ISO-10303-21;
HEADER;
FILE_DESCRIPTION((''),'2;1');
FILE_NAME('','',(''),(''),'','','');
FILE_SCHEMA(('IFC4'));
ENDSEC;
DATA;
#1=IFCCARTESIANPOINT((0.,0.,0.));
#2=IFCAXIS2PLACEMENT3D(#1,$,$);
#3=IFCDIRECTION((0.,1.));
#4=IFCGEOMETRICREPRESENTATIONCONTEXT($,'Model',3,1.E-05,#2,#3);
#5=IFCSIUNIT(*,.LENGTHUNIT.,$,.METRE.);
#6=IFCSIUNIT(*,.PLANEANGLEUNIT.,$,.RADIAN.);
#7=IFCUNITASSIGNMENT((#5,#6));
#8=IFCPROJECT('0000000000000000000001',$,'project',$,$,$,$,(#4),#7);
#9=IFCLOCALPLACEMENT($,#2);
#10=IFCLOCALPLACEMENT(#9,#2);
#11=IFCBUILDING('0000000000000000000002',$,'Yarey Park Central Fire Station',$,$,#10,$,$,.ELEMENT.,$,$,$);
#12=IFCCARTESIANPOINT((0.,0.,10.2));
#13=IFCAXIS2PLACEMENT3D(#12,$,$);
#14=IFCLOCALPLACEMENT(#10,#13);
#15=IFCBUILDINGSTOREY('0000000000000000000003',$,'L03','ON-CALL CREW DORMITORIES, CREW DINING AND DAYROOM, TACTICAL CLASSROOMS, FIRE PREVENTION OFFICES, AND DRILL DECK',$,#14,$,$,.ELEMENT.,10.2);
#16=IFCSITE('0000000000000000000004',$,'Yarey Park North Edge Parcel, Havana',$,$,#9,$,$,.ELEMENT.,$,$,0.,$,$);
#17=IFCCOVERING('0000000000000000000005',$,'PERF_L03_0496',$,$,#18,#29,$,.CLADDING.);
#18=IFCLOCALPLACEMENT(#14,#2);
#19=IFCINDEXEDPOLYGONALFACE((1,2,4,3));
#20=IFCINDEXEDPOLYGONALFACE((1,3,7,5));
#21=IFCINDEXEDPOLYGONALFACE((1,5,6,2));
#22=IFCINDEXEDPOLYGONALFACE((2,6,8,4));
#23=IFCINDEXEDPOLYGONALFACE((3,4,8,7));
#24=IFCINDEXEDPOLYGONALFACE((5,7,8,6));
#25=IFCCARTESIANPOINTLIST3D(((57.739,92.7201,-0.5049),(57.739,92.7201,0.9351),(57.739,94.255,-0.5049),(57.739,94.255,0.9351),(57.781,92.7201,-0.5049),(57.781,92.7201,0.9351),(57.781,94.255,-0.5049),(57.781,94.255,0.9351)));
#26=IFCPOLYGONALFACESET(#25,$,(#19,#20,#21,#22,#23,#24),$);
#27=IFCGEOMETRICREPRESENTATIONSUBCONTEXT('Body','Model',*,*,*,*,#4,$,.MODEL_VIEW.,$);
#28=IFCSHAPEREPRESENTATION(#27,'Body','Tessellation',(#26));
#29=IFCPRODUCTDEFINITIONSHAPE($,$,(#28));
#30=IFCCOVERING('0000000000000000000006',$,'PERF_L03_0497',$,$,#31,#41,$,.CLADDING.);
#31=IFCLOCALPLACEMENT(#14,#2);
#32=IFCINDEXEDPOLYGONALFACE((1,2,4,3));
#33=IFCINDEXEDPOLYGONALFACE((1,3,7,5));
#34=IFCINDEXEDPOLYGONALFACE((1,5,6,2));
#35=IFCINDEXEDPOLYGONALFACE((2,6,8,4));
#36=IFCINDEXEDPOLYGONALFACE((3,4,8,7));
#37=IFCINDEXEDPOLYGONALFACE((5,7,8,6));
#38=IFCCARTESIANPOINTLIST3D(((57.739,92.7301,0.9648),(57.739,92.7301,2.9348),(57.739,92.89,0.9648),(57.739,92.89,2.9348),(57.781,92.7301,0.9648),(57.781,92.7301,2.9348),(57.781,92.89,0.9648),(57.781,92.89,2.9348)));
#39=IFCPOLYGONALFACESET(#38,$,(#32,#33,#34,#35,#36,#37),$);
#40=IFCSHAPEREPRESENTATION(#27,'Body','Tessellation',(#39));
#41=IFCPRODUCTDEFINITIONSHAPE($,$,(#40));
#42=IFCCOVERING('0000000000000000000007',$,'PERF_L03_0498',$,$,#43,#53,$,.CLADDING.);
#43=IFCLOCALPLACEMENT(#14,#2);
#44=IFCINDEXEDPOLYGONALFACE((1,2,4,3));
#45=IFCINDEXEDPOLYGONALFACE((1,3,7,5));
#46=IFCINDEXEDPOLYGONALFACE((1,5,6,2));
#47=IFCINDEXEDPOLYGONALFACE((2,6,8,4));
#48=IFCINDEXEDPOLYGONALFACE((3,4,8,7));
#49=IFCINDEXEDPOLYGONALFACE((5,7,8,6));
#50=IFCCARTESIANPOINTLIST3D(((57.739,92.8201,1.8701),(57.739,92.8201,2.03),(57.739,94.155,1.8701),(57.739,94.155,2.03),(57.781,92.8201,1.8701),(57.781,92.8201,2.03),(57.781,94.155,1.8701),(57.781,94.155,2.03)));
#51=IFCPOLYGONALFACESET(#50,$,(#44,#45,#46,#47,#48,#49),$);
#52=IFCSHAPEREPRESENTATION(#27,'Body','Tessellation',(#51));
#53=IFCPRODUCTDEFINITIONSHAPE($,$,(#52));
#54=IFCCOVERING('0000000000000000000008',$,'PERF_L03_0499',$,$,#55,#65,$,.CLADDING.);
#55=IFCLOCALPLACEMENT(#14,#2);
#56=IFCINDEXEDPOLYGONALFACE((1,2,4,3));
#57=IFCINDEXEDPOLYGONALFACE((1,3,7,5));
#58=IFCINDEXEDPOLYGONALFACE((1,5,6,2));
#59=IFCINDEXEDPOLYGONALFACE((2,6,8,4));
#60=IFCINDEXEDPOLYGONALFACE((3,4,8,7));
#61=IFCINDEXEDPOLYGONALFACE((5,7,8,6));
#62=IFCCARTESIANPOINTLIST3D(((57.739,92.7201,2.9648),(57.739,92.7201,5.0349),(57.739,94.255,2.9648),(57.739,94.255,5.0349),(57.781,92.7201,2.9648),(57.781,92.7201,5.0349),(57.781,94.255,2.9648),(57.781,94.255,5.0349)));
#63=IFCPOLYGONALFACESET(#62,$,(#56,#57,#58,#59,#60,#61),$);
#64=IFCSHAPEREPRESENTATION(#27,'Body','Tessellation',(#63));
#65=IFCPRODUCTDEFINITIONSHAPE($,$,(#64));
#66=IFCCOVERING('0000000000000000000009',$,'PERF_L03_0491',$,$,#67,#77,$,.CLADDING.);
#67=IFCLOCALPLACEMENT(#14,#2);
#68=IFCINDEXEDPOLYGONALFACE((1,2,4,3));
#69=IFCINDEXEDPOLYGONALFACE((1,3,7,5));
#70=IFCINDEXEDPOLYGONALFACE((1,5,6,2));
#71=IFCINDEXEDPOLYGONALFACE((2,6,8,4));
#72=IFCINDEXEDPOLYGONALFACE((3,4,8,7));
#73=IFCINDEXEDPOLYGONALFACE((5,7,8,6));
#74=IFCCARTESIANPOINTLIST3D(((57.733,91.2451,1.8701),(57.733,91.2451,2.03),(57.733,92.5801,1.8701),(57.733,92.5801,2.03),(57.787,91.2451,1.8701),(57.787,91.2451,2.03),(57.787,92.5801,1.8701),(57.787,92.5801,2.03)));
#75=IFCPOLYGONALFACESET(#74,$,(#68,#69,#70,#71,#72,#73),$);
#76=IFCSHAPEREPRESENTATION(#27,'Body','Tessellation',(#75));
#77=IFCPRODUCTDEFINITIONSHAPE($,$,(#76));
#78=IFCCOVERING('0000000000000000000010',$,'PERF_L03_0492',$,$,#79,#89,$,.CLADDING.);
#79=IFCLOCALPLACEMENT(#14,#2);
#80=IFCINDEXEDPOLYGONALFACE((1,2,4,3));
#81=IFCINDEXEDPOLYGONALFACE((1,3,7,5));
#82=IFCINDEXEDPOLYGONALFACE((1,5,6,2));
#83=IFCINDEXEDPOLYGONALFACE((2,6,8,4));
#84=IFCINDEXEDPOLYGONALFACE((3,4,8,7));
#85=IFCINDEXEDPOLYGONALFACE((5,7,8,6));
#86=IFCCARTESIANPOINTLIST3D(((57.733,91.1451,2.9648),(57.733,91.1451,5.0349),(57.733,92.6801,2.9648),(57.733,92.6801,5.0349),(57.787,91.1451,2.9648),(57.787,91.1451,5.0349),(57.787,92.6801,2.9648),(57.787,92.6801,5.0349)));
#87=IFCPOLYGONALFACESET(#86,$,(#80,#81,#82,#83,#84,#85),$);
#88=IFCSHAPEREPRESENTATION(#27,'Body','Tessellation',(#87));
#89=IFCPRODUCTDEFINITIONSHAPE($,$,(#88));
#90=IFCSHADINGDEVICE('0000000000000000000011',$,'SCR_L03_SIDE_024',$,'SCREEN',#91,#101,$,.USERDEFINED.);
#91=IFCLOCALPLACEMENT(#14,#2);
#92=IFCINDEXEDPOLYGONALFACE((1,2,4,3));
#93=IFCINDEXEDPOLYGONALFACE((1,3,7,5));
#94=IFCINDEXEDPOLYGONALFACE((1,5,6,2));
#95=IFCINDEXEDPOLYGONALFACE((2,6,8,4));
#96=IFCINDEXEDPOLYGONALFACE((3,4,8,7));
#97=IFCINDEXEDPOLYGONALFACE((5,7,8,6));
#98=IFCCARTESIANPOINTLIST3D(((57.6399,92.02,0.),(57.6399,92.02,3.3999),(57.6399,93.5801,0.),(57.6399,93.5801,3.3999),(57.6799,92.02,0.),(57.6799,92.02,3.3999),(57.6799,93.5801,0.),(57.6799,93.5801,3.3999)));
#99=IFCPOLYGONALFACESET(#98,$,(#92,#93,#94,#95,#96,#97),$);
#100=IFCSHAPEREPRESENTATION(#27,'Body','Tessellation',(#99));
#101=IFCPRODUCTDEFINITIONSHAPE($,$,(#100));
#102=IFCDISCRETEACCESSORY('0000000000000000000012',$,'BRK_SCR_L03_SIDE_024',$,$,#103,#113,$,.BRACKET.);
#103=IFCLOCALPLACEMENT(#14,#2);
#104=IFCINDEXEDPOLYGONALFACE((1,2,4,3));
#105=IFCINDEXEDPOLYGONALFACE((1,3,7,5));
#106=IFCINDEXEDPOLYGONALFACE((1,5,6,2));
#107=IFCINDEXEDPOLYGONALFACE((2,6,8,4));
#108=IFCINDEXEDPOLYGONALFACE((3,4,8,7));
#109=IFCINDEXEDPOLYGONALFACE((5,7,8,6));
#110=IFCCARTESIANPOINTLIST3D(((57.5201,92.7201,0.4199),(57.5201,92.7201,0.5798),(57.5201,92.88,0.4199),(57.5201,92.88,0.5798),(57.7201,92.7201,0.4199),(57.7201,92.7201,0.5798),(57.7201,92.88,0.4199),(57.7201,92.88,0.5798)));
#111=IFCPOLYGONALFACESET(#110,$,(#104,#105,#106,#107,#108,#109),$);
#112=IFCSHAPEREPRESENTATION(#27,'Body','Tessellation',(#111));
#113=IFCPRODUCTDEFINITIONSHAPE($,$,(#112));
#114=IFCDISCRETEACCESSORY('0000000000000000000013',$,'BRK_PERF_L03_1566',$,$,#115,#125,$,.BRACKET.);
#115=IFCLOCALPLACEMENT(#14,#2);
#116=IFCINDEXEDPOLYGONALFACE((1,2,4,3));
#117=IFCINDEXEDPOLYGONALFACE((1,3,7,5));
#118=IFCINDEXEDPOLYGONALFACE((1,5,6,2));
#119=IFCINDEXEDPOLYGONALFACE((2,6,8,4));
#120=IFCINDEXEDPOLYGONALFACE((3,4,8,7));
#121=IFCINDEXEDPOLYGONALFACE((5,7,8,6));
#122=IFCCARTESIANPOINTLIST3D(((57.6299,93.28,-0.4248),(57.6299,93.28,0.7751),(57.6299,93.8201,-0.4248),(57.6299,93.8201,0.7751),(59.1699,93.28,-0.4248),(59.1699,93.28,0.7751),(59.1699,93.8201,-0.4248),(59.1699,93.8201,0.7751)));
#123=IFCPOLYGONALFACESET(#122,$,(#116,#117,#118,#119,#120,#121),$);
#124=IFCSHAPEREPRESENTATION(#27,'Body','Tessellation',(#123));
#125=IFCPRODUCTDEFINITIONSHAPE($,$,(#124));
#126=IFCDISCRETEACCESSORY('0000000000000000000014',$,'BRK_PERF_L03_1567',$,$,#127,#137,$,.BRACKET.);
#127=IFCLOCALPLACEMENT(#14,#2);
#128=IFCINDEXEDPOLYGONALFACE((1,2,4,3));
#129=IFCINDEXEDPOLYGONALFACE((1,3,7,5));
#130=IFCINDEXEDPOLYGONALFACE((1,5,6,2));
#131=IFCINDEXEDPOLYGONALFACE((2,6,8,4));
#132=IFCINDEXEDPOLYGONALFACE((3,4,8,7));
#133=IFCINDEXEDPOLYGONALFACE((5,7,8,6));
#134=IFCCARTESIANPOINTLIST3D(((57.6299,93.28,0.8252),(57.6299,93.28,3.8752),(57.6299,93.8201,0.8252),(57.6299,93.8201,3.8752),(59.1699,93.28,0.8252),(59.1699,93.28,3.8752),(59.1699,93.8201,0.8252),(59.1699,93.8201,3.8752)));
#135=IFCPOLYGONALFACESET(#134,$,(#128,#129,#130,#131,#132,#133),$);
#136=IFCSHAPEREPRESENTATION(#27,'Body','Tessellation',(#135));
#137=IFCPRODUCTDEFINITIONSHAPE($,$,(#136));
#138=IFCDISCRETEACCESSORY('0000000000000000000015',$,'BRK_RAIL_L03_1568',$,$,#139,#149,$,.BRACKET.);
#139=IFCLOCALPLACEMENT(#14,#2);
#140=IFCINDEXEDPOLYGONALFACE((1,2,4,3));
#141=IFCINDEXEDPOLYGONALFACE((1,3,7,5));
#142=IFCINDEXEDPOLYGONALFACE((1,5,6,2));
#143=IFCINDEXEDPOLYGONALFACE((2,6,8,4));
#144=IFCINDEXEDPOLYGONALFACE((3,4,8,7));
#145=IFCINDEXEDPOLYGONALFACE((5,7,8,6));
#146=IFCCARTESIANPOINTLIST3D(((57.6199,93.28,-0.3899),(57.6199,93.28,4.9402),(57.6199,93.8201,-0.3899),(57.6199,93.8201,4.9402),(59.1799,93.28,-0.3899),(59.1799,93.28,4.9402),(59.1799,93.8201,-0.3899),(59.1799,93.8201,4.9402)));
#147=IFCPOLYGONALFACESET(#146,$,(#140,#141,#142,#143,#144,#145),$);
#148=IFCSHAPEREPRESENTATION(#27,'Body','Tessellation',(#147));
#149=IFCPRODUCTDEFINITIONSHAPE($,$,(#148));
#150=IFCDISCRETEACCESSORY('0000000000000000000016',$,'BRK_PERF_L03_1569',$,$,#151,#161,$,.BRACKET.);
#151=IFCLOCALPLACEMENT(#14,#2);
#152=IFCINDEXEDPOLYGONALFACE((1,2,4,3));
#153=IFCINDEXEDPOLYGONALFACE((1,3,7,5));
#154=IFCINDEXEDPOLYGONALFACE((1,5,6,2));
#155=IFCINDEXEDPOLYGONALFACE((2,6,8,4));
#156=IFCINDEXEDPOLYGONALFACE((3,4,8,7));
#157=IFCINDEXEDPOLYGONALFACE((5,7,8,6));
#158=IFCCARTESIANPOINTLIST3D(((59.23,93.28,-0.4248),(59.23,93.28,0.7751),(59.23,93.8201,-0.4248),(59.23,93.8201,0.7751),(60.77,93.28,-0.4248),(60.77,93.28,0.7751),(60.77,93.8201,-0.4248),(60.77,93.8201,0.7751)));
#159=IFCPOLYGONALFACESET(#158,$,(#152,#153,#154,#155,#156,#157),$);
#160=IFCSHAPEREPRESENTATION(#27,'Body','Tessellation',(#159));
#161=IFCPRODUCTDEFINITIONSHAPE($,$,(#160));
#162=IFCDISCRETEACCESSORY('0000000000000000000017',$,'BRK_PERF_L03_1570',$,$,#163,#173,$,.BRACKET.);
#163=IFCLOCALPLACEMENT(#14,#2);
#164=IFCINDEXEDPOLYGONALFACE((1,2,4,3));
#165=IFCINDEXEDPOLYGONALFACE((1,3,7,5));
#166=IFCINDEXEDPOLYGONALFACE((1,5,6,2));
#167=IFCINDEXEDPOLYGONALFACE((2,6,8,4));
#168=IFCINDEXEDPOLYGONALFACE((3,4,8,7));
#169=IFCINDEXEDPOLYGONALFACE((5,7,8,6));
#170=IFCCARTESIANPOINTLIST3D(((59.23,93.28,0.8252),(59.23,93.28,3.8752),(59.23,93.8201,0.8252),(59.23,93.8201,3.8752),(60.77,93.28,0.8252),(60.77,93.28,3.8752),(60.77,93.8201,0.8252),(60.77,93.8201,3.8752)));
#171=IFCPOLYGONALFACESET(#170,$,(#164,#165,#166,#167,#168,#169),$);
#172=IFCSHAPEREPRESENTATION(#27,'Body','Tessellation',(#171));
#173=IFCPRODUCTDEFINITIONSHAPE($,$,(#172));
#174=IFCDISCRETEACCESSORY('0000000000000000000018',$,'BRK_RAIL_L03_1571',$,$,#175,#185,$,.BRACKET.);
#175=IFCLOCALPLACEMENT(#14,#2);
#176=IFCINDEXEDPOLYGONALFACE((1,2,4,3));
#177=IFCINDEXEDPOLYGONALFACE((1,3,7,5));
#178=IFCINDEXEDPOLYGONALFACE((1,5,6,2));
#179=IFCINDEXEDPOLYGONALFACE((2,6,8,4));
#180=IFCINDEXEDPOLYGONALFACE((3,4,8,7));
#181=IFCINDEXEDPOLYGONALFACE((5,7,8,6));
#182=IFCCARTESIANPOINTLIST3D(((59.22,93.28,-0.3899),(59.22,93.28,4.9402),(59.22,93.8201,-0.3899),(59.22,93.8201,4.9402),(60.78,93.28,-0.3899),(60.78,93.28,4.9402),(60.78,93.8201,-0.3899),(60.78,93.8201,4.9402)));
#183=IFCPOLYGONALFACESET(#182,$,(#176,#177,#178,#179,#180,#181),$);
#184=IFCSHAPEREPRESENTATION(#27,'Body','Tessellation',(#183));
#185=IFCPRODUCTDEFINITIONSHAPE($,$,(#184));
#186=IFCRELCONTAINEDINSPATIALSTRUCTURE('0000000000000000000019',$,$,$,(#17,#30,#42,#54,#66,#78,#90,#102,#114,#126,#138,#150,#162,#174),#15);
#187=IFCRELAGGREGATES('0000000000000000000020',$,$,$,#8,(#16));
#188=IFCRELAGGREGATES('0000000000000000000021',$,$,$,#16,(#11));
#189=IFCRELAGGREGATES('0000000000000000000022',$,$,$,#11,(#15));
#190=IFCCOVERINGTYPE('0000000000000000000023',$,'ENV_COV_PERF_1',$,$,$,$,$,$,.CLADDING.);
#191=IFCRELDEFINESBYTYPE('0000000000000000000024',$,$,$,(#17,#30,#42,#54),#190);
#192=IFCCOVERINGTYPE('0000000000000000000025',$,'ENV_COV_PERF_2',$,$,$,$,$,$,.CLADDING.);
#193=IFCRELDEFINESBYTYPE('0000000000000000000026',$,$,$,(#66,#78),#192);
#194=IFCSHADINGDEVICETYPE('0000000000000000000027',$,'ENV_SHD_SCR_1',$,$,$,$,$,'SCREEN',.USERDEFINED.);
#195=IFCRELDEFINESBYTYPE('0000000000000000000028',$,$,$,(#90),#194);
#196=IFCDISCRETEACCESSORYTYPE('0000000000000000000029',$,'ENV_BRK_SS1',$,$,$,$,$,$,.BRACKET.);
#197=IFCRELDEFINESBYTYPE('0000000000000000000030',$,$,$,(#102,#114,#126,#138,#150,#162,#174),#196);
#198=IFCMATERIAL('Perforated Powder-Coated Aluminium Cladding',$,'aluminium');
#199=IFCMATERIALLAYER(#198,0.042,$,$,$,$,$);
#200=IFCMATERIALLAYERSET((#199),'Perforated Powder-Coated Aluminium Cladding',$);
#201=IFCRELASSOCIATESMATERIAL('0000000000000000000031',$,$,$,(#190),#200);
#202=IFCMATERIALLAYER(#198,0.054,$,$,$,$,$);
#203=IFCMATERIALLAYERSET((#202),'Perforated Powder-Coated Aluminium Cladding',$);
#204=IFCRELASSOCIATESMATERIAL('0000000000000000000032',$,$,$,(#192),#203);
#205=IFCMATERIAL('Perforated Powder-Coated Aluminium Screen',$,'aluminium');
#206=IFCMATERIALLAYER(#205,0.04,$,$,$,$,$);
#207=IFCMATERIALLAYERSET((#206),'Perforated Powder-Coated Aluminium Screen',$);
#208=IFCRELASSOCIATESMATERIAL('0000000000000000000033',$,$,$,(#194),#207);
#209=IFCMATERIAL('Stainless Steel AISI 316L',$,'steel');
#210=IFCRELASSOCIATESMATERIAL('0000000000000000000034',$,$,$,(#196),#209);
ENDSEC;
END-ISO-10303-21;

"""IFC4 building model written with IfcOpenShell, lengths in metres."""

from ifc_helpers import new_model, si_unit, direction, frame, origin, origin_2d, place, context, subcontext, project, spatial, rectangle, extrude, material, layer, layer_set, type_object, element, save


model = new_model("IFC4")

# Units and contexts
model_context = context("Model", 3, precision=1e-05, world=origin(), true_north=direction((0.0, 1.0)))
body_context = subcontext(model_context, "Body", "Model", "MODEL_VIEW")
ifc_project = project(units=[si_unit("LENGTHUNIT", "METRE"), si_unit("PLANEANGLEUNIT", "RADIAN")], contexts=[model_context])

# Site, building, storey
site_placement = place(None, origin())
site = spatial("IfcSite", under=ifc_project, at=site_placement, Name="Yarey Park North Edge Parcel, Havana", CompositionType="ELEMENT", RefElevation=0.0)
building_placement = place(site_placement, origin())
building = spatial("IfcBuilding", under=site, at=building_placement, Name="Yarey Park Central Fire Station", CompositionType="ELEMENT")
storey_placement = place(building_placement, frame((0.0, 0.0, 10.2)))
storey = spatial("IfcBuildingStorey", under=building, at=storey_placement, Name="L03", Description="ON-CALL CREW DORMITORIES, CREW DINING AND DAYROOM, TACTICAL CLASSROOMS, FIRE PREVENTION OFFICES, AND DRILL DECK", CompositionType="ELEMENT", Elevation=10.2)

# Coverings
ifc_material_1 = material(Name="Perforated Powder-Coated Aluminium Cladding", Category="aluminium")
ifc_layer_1 = layer(ifc_material_1, 0.042)
ifc_layer_set_1 = layer_set([ifc_layer_1], Name="Perforated Powder-Coated Aluminium Cladding")
covering_type_1 = type_object("IfcCoveringType", Name="ENV_COV_PERF_1", PredefinedType="CLADDING", material=ifc_layer_set_1)
covering_1_placement = place(storey_placement, frame((57.76, 93.4875, -0.5049), z_axis=(0.0, 0.0, 1.0), x_axis=(0.0, 1.0, 0.0)))
element("IfcCovering", 1, at=covering_1_placement, inside=storey, type_object=covering_type_1, Name="PERF_L03_0496", PredefinedType="CLADDING", context=body_context, shape_type="SweptSolid", body=[
    extrude(rectangle(XDim=1.5349, YDim=0.042, at=origin_2d()), origin(), (0.0, 0.0, 1.0), 1.4399),
])
covering_2_placement = place(storey_placement, frame((57.76, 92.8101, 0.9648), z_axis=(0.0, 0.0, 1.0), x_axis=(0.0, 1.0, 0.0)))
element("IfcCovering", 2, at=covering_2_placement, inside=storey, type_object=covering_type_1, Name="PERF_L03_0497", PredefinedType="CLADDING", context=body_context, shape_type="SweptSolid", body=[
    extrude(rectangle(XDim=0.1599, YDim=0.042, at=origin_2d()), origin(), (0.0, 0.0, 1.0), 1.97),
])
covering_3_placement = place(storey_placement, frame((57.76, 93.4875, 1.8701), z_axis=(0.0, 0.0, 1.0), x_axis=(0.0, 1.0, 0.0)))
element("IfcCovering", 3, at=covering_3_placement, inside=storey, type_object=covering_type_1, Name="PERF_L03_0498", PredefinedType="CLADDING", context=body_context, shape_type="SweptSolid", body=[
    extrude(rectangle(XDim=1.335, YDim=0.042, at=origin_2d()), origin(), (0.0, 0.0, 1.0), 0.1599),
])
covering_4_placement = place(storey_placement, frame((57.76, 93.4875, 2.9648), z_axis=(0.0, 0.0, 1.0), x_axis=(0.0, 1.0, 0.0)))
element("IfcCovering", 4, at=covering_4_placement, inside=storey, type_object=covering_type_1, Name="PERF_L03_0499", PredefinedType="CLADDING", context=body_context, shape_type="SweptSolid", body=[
    extrude(rectangle(XDim=1.5349, YDim=0.042, at=origin_2d()), origin(), (0.0, 0.0, 1.0), 2.0701),
])
ifc_layer_2 = layer(ifc_material_1, 0.054)
ifc_layer_set_2 = layer_set([ifc_layer_2], Name="Perforated Powder-Coated Aluminium Cladding")
covering_type_2 = type_object("IfcCoveringType", Name="ENV_COV_PERF_2", PredefinedType="CLADDING", material=ifc_layer_set_2)
covering_5_placement = place(storey_placement, frame((57.76, 91.9126, 1.8701), z_axis=(0.0, 0.0, 1.0), x_axis=(0.0, 1.0, 0.0)))
element("IfcCovering", 5, at=covering_5_placement, inside=storey, type_object=covering_type_2, Name="PERF_L03_0491", PredefinedType="CLADDING", context=body_context, shape_type="SweptSolid", body=[
    extrude(rectangle(XDim=1.335, YDim=0.054, at=origin_2d()), origin(), (0.0, 0.0, 1.0), 0.1599),
])
covering_6_placement = place(storey_placement, frame((57.76, 91.9126, 2.9648), z_axis=(0.0, 0.0, 1.0), x_axis=(0.0, 1.0, 0.0)))
element("IfcCovering", 6, at=covering_6_placement, inside=storey, type_object=covering_type_2, Name="PERF_L03_0492", PredefinedType="CLADDING", context=body_context, shape_type="SweptSolid", body=[
    extrude(rectangle(XDim=1.5349, YDim=0.054, at=origin_2d()), origin(), (0.0, 0.0, 1.0), 2.0701),
])

# Shading device
ifc_material_2 = material(Name="Perforated Powder-Coated Aluminium Screen", Category="aluminium")
ifc_layer_3 = layer(ifc_material_2, 0.04)
ifc_layer_set_3 = layer_set([ifc_layer_3], Name="Perforated Powder-Coated Aluminium Screen")
shading_device_type = type_object("IfcShadingDeviceType", Name="ENV_SHD_SCR_1", ElementType="SCREEN", PredefinedType="USERDEFINED", material=ifc_layer_set_3)
shading_device_placement = place(storey_placement, frame((57.6599, 92.8, 0.0), z_axis=(0.0, 0.0, 1.0), x_axis=(0.0, 1.0, 0.0)))
element("IfcShadingDevice", 7, at=shading_device_placement, inside=storey, type_object=shading_device_type, Name="SCR_L03_SIDE_024", ObjectType="SCREEN", PredefinedType="USERDEFINED", context=body_context, shape_type="SweptSolid", body=[
    extrude(rectangle(XDim=1.5601, YDim=0.04, at=origin_2d()), origin(), (0.0, 0.0, 1.0), 3.3999),
])

# Discrete accessories
ifc_material_3 = material(Name="Stainless Steel AISI 316L", Category="steel")
discrete_accessory_type = type_object("IfcDiscreteAccessoryType", Name="ENV_BRK_SS1", PredefinedType="BRACKET", material=ifc_material_3)
discrete_accessory_1_placement = place(storey_placement, frame((57.6201, 92.8, 0.4199), z_axis=(0.0, 0.0, 1.0), x_axis=(1.0, 0.0, 0.0)))
element("IfcDiscreteAccessory", 8, at=discrete_accessory_1_placement, inside=storey, type_object=discrete_accessory_type, Name="BRK_SCR_L03_SIDE_024", PredefinedType="BRACKET", context=body_context, shape_type="SweptSolid", body=[
    extrude(rectangle(XDim=0.2, YDim=0.1599, at=origin_2d()), origin(), (0.0, 0.0, 1.0), 0.1599),
])
discrete_accessory_2_placement = place(storey_placement, frame((58.3999, 93.55, -0.4248), z_axis=(0.0, 0.0, 1.0), x_axis=(1.0, 0.0, 0.0)))
element("IfcDiscreteAccessory", 9, at=discrete_accessory_2_placement, inside=storey, type_object=discrete_accessory_type, Name="BRK_PERF_L03_1566", PredefinedType="BRACKET", context=body_context, shape_type="SweptSolid", body=[
    extrude(rectangle(XDim=1.54, YDim=0.54, at=origin_2d()), origin(), (0.0, 0.0, 1.0), 1.2),
])
discrete_accessory_3_placement = place(storey_placement, frame((58.3999, 93.55, 0.8252), z_axis=(0.0, 0.0, 1.0), x_axis=(1.0, 0.0, 0.0)))
element("IfcDiscreteAccessory", 10, at=discrete_accessory_3_placement, inside=storey, type_object=discrete_accessory_type, Name="BRK_PERF_L03_1567", PredefinedType="BRACKET", context=body_context, shape_type="SweptSolid", body=[
    extrude(rectangle(XDim=1.54, YDim=0.54, at=origin_2d()), origin(), (0.0, 0.0, 1.0), 3.05),
])
discrete_accessory_4_placement = place(storey_placement, frame((58.3999, 93.55, -0.3899), z_axis=(0.0, 0.0, 1.0), x_axis=(1.0, 0.0, 0.0)))
element("IfcDiscreteAccessory", 11, at=discrete_accessory_4_placement, inside=storey, type_object=discrete_accessory_type, Name="BRK_RAIL_L03_1568", PredefinedType="BRACKET", context=body_context, shape_type="SweptSolid", body=[
    extrude(rectangle(XDim=1.5601, YDim=0.54, at=origin_2d()), origin(), (0.0, 0.0, 1.0), 5.3301),
])
discrete_accessory_5_placement = place(storey_placement, frame((60.0, 93.55, -0.4248), z_axis=(0.0, 0.0, 1.0), x_axis=(1.0, 0.0, 0.0)))
element("IfcDiscreteAccessory", 12, at=discrete_accessory_5_placement, inside=storey, type_object=discrete_accessory_type, Name="BRK_PERF_L03_1569", PredefinedType="BRACKET", context=body_context, shape_type="SweptSolid", body=[
    extrude(rectangle(XDim=1.54, YDim=0.54, at=origin_2d()), origin(), (0.0, 0.0, 1.0), 1.2),
])
discrete_accessory_6_placement = place(storey_placement, frame((60.0, 93.55, 0.8252), z_axis=(0.0, 0.0, 1.0), x_axis=(1.0, 0.0, 0.0)))
element("IfcDiscreteAccessory", 13, at=discrete_accessory_6_placement, inside=storey, type_object=discrete_accessory_type, Name="BRK_PERF_L03_1570", PredefinedType="BRACKET", context=body_context, shape_type="SweptSolid", body=[
    extrude(rectangle(XDim=1.54, YDim=0.54, at=origin_2d()), origin(), (0.0, 0.0, 1.0), 3.05),
])
discrete_accessory_7_placement = place(storey_placement, frame((60.0, 93.55, -0.3899), z_axis=(0.0, 0.0, 1.0), x_axis=(1.0, 0.0, 0.0)))
element("IfcDiscreteAccessory", 14, at=discrete_accessory_7_placement, inside=storey, type_object=discrete_accessory_type, Name="BRK_RAIL_L03_1571", PredefinedType="BRACKET", context=body_context, shape_type="SweptSolid", body=[
    extrude(rectangle(XDim=1.5601, YDim=0.54, at=origin_2d()), origin(), (0.0, 0.0, 1.0), 5.3301),
])

save(model, "model.ifc")
